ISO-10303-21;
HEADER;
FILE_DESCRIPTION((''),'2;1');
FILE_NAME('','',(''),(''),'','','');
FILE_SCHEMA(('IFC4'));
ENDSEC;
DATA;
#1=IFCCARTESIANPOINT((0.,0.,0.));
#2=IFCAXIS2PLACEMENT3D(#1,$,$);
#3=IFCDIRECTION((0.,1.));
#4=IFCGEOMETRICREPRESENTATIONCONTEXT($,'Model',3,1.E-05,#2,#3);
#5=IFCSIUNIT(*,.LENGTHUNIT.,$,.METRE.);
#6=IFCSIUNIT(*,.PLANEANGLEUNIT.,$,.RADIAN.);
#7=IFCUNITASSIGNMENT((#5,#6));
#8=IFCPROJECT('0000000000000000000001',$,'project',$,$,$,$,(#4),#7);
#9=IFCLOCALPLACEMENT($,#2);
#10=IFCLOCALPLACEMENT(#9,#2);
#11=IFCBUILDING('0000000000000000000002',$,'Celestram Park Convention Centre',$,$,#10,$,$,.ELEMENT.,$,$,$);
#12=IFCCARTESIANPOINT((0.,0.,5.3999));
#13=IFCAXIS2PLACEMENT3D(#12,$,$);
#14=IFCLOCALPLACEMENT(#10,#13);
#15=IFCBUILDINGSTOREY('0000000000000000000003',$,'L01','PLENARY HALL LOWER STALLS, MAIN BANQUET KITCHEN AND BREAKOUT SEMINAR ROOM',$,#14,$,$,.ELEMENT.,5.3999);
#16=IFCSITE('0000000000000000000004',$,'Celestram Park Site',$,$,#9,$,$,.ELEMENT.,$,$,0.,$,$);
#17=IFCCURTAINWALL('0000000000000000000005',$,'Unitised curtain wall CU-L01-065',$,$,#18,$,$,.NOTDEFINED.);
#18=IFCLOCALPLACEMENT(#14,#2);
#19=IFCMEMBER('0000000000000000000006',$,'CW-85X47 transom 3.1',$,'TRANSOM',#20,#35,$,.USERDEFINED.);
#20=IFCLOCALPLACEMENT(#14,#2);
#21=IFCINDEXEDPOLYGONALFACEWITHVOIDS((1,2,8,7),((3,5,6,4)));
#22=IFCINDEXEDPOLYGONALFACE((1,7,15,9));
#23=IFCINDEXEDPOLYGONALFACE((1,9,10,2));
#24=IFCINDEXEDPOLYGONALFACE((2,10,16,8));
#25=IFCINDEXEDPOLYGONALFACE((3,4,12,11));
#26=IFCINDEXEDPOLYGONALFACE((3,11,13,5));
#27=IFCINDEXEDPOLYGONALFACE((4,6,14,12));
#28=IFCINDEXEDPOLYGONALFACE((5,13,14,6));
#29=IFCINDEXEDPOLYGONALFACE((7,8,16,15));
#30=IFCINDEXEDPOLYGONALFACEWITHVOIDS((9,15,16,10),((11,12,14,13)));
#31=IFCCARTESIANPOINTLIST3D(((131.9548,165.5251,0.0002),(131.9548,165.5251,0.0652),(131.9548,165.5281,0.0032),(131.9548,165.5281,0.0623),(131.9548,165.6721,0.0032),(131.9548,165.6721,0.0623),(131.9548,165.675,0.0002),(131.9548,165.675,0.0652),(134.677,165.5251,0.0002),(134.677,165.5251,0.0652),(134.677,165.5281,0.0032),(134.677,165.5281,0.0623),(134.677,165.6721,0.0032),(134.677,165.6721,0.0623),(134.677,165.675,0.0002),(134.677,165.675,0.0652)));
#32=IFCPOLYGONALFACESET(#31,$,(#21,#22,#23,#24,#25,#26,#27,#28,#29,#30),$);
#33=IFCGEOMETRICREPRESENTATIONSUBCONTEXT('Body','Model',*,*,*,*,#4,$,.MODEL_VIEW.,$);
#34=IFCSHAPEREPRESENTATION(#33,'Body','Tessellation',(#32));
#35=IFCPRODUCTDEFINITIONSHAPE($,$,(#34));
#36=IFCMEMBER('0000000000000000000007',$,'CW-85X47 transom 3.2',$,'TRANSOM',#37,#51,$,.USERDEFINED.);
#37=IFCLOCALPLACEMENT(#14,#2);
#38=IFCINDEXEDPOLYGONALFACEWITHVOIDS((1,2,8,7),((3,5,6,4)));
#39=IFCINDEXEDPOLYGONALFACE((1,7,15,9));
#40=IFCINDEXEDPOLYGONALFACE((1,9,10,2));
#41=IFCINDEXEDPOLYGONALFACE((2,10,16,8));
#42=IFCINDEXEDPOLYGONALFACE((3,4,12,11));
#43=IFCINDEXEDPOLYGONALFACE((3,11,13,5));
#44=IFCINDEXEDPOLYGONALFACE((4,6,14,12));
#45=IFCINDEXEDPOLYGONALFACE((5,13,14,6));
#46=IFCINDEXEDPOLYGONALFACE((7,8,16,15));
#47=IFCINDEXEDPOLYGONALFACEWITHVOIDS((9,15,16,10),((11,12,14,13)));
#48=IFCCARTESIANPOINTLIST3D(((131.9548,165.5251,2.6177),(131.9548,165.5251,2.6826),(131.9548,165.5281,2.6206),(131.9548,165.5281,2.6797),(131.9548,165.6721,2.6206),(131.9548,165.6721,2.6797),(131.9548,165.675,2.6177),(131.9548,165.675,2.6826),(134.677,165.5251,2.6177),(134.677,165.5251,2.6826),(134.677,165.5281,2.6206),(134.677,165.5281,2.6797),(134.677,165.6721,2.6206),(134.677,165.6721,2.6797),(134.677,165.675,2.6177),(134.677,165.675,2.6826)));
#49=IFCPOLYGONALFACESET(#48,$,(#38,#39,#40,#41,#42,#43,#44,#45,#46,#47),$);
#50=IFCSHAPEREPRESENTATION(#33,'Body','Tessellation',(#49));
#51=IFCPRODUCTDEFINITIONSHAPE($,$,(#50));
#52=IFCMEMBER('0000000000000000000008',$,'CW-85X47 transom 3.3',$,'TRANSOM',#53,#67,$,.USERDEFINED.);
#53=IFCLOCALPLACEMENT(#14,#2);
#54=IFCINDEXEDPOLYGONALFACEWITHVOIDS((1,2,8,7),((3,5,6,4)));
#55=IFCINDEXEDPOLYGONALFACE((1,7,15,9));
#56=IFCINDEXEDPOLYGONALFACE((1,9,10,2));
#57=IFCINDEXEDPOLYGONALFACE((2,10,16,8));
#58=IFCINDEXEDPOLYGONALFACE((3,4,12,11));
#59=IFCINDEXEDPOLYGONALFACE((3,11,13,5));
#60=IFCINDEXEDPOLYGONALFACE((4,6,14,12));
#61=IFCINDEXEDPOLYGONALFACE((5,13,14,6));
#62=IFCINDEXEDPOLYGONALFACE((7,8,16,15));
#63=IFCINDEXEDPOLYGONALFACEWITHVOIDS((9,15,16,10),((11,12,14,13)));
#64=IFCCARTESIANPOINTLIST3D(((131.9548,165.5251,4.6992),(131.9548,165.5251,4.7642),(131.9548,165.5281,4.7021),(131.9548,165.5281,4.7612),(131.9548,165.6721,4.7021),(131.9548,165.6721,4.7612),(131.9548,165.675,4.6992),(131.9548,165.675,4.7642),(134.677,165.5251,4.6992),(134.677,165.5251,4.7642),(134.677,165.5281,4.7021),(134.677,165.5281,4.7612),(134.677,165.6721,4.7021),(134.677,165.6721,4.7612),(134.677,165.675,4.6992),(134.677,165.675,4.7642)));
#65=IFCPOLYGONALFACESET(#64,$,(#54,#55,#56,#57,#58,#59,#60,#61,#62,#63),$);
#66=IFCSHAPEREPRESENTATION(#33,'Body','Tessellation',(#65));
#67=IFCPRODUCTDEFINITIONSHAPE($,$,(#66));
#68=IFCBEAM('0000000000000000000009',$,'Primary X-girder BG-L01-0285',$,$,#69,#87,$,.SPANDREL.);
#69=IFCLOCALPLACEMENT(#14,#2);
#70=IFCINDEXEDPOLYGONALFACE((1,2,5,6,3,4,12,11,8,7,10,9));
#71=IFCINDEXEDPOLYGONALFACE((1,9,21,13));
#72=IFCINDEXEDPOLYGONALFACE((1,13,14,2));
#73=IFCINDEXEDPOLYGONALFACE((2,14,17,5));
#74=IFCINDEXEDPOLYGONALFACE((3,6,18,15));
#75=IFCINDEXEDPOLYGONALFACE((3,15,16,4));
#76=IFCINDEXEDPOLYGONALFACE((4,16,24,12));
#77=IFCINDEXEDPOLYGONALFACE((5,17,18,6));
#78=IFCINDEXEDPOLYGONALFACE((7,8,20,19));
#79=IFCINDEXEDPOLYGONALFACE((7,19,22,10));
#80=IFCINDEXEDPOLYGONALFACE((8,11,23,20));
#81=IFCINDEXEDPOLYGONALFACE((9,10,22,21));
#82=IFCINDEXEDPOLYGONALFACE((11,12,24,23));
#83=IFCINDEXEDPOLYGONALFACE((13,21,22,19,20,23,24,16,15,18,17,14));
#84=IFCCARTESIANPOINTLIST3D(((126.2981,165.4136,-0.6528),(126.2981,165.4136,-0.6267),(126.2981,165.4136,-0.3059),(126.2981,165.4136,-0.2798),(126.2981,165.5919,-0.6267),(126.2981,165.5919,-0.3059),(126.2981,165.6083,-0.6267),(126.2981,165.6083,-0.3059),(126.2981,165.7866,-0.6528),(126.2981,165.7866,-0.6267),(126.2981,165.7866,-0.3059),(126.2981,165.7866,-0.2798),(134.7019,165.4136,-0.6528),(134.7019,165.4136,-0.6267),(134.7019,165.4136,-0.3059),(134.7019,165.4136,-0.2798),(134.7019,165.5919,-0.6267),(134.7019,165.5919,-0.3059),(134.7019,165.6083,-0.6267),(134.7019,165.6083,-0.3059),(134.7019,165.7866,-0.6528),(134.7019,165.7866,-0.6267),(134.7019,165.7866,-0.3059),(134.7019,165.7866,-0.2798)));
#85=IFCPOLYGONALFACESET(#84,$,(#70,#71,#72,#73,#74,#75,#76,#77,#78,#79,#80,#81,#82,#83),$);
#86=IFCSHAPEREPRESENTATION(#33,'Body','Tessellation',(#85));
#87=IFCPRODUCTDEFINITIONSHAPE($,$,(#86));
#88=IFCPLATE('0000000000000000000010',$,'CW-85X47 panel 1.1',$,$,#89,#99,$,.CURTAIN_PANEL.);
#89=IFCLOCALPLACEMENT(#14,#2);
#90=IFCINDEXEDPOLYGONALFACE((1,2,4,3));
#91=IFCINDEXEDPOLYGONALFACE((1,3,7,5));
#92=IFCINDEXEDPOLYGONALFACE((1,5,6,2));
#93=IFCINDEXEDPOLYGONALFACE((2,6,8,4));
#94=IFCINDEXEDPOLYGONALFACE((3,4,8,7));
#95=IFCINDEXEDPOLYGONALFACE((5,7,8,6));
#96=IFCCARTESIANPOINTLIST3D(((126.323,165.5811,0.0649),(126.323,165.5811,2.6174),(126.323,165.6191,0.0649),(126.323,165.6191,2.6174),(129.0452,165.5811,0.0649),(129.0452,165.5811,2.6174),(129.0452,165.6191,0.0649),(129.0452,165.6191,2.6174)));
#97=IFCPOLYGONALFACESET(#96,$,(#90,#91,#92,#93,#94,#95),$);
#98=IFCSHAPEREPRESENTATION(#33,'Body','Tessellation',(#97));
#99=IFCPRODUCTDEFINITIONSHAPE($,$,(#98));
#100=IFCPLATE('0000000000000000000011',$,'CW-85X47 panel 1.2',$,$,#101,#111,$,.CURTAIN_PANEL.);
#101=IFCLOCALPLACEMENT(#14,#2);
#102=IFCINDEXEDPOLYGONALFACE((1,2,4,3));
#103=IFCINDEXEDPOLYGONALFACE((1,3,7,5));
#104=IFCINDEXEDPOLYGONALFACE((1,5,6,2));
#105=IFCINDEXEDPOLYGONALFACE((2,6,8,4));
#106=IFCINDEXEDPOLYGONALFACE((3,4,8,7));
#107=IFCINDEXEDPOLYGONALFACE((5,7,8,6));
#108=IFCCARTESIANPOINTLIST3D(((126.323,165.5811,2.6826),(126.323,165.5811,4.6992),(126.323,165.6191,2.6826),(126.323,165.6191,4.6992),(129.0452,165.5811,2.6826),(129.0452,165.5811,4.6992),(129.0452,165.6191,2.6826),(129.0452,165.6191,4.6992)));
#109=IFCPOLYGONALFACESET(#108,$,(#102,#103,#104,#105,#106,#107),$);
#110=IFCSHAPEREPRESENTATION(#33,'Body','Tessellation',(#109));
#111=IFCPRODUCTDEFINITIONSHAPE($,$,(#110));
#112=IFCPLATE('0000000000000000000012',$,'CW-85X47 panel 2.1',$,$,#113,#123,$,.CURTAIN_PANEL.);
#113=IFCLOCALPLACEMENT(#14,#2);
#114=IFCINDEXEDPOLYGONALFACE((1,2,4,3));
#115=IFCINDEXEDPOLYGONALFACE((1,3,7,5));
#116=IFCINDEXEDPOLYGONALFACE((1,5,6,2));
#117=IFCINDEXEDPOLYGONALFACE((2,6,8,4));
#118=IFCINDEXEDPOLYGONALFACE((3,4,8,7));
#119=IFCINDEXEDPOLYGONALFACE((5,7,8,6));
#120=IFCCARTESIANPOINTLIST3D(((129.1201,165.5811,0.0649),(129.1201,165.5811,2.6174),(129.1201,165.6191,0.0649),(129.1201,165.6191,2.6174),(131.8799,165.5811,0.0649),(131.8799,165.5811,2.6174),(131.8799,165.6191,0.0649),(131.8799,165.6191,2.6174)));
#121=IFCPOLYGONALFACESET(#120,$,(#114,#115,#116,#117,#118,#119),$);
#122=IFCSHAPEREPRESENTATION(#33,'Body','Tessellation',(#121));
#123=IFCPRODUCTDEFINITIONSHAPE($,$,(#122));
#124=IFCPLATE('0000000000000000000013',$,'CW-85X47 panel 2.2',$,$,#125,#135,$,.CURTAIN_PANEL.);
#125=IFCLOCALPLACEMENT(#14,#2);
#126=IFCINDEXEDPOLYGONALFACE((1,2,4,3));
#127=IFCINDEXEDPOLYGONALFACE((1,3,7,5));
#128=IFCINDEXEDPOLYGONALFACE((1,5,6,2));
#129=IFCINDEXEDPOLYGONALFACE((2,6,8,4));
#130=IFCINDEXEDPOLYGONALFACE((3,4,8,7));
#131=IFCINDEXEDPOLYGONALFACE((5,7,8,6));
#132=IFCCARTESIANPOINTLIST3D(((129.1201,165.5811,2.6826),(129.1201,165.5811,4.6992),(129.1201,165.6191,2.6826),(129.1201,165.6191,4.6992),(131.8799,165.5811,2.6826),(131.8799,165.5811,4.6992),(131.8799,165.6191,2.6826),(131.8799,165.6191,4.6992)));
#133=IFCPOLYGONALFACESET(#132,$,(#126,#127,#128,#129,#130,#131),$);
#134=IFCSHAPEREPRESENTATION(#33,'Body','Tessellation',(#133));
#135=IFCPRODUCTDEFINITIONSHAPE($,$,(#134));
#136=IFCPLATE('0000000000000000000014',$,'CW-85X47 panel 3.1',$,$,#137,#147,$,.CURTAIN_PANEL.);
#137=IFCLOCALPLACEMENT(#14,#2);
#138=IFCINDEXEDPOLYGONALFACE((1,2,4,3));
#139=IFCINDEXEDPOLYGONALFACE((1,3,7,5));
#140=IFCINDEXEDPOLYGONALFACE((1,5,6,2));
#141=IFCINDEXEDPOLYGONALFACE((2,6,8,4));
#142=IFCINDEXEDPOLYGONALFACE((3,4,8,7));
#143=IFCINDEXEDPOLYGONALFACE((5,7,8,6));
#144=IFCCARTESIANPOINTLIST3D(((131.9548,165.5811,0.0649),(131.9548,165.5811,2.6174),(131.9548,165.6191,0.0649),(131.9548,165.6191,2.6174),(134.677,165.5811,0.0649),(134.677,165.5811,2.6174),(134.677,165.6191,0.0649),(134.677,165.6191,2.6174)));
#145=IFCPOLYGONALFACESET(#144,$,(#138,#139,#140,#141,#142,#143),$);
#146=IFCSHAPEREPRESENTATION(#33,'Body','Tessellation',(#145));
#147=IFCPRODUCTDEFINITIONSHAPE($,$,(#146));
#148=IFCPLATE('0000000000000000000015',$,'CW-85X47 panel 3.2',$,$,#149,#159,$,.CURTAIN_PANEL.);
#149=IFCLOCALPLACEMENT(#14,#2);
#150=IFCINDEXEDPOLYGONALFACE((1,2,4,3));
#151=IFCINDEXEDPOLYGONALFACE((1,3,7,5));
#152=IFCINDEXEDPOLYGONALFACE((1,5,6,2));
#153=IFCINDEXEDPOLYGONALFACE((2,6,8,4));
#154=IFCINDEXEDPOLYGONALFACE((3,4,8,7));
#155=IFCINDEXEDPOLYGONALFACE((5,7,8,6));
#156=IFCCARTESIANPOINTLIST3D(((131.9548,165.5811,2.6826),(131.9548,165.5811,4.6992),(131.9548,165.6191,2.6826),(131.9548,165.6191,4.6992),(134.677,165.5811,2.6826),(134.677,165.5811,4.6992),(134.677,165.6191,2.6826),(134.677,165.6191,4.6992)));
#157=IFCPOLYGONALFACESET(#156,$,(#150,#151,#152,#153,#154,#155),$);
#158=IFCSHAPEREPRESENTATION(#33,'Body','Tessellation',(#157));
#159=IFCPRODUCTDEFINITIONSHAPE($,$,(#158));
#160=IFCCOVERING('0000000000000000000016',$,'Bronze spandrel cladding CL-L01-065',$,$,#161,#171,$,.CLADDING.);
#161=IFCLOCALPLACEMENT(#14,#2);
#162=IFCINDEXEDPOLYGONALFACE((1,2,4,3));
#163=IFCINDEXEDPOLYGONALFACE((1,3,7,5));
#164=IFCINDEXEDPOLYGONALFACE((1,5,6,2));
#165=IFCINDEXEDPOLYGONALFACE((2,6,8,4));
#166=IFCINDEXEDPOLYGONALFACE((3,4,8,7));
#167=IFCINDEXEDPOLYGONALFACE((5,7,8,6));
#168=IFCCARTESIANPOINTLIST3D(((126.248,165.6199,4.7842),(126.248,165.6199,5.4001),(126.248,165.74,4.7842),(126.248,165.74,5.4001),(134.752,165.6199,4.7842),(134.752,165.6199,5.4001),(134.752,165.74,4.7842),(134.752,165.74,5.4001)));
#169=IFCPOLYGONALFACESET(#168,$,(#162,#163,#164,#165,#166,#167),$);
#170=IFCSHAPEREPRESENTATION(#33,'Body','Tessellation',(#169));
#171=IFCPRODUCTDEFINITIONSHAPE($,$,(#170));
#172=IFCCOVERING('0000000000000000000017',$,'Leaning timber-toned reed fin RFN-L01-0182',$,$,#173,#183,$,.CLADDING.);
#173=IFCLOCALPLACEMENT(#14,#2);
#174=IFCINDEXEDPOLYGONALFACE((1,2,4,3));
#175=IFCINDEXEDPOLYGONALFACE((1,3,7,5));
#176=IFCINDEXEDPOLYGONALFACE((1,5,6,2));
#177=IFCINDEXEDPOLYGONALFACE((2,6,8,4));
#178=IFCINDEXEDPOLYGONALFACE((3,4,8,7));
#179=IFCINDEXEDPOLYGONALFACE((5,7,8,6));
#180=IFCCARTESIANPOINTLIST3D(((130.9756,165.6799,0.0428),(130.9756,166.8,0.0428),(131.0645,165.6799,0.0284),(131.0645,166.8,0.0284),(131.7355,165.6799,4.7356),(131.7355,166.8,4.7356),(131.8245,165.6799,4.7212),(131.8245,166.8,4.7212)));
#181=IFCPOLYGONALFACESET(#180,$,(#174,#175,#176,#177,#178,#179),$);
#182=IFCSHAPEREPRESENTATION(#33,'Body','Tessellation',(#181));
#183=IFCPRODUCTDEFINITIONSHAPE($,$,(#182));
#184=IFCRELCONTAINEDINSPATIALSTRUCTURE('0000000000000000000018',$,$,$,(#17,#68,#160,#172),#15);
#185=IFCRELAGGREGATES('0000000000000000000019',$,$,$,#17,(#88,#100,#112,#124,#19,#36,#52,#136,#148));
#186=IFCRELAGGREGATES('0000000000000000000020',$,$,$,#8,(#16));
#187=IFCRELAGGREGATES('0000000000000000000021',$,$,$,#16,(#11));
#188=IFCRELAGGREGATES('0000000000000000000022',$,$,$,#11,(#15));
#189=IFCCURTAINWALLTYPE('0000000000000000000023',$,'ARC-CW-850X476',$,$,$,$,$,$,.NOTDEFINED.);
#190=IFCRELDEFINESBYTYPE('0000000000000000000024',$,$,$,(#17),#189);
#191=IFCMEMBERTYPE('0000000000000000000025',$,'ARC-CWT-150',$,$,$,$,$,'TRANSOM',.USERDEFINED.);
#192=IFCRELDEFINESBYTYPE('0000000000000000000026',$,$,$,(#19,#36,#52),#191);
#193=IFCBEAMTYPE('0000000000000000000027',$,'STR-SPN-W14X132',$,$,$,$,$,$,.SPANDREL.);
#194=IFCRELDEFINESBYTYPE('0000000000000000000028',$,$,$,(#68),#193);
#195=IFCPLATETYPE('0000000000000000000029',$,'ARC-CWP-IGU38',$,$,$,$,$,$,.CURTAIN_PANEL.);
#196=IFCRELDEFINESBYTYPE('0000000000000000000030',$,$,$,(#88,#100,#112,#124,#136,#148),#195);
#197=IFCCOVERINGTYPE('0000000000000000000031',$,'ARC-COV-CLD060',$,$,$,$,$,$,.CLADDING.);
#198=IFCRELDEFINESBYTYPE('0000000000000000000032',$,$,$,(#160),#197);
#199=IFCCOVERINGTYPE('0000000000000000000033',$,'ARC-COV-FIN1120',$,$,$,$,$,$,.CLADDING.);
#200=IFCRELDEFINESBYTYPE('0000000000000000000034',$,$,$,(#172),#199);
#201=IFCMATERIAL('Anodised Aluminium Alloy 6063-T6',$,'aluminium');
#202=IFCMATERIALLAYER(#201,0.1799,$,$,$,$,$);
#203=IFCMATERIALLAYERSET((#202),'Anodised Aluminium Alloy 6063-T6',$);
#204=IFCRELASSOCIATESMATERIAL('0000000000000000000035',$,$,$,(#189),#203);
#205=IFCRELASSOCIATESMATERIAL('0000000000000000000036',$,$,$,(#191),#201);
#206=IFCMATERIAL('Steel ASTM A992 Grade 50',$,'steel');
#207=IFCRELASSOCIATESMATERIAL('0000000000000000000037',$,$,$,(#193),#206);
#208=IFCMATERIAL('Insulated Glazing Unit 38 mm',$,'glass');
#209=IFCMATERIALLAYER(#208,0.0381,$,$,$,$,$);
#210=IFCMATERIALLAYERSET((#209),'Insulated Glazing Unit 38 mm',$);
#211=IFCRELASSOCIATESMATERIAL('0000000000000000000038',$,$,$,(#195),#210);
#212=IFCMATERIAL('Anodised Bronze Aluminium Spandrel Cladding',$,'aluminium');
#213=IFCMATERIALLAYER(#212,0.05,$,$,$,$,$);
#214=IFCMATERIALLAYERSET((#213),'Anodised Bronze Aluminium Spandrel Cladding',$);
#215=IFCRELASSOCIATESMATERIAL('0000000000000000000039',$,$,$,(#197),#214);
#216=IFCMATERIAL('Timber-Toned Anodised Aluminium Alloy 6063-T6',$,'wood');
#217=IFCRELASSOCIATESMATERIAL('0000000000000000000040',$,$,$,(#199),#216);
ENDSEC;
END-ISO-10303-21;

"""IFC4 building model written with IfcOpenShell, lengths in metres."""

from ifc_helpers import new_model, si_unit, direction, frame, origin, origin_2d, place, context, subcontext, project, spatial, rectangle, hollow_rectangle, i_section, extrude, material, layer, layer_set, material_profile, profile_set, type_object, element, aggregate, save


model = new_model("IFC4")

# Units and contexts
model_context = context("Model", 3, precision=1e-05, world=origin(), true_north=direction((0.0, 1.0)))
body_context = subcontext(model_context, "Body", "Model", "MODEL_VIEW")
ifc_project = project(units=[si_unit("LENGTHUNIT", "METRE"), si_unit("PLANEANGLEUNIT", "RADIAN")], contexts=[model_context])

# Site, building, storey
site_placement = place(None, origin())
site = spatial("IfcSite", under=ifc_project, at=site_placement, Name="Celestram Park Site", CompositionType="ELEMENT", RefElevation=0.0)
building_placement = place(site_placement, origin())
building = spatial("IfcBuilding", under=site, at=building_placement, Name="Celestram Park Convention Centre", CompositionType="ELEMENT")
storey_placement = place(building_placement, frame((0.0, 0.0, 5.3999)))
storey = spatial("IfcBuildingStorey", under=building, at=storey_placement, Name="L01", Description="PLENARY HALL LOWER STALLS, MAIN BANQUET KITCHEN AND BREAKOUT SEMINAR ROOM", CompositionType="ELEMENT", Elevation=5.3999)

# Shared definitions
ifc_material_1 = material(Name="Anodised Aluminium Alloy 6063-T6", Category="aluminium")
ifc_layer_1 = layer(ifc_material_1, 0.1799)
ifc_layer_set_1 = layer_set([ifc_layer_1], Name="Anodised Aluminium Alloy 6063-T6")
curtain_wall_type = type_object("IfcCurtainWallType", Name="ARC-CW-850X476", PredefinedType="NOTDEFINED", material=ifc_layer_set_1)

# Curtain wall, members
curtain_wall_1_placement = place(storey_placement, origin())
curtain_wall_1 = element("IfcCurtainWall", 1, at=curtain_wall_1_placement, inside=storey, type_object=curtain_wall_type, Name="Unitised curtain wall CU-L01-065", PredefinedType="NOTDEFINED")
ifc_material_profile_1 = material_profile(ifc_material_1, hollow_rectangle(XDim=0.1499, YDim=0.0649, WallThickness=0.0029, at=origin_2d()), Name="ALU150X65X3")
ifc_profile_set_1 = profile_set([ifc_material_profile_1], Name="Anodised Aluminium Alloy 6063-T6")
member_type_1 = type_object("IfcMemberType", Name="ARC-CWT-150", ElementType="TRANSOM", PredefinedType="USERDEFINED", material=ifc_profile_set_1)
member_1_placement = place(storey_placement, frame((131.9548, 165.6001, 0.0327), z_axis=(1.0, 0.0, 0.0), x_axis=(0.0, 1.0, 0.0)))
member_1 = element("IfcMember", 2, at=member_1_placement, type_object=member_type_1, Name="CW-85X47 transom 3.1", ObjectType="TRANSOM", PredefinedType="USERDEFINED", context=body_context, shape_type="SweptSolid", body=[
    extrude(hollow_rectangle(XDim=0.1499, YDim=0.0649, WallThickness=0.0029, at=origin_2d()), origin(), (0.0, 0.0, 1.0), 2.7222),
])
member_2_placement = place(storey_placement, frame((131.9548, 165.6001, 2.6501), z_axis=(1.0, 0.0, 0.0), x_axis=(0.0, 1.0, 0.0)))
member_2 = element("IfcMember", 3, at=member_2_placement, type_object=member_type_1, Name="CW-85X47 transom 3.2", ObjectType="TRANSOM", PredefinedType="USERDEFINED", context=body_context, shape_type="SweptSolid", body=[
    extrude(hollow_rectangle(XDim=0.1499, YDim=0.0649, WallThickness=0.0029, at=origin_2d()), origin(), (0.0, 0.0, 1.0), 2.7222),
])
member_3_placement = place(storey_placement, frame((131.9548, 165.6001, 4.7317), z_axis=(1.0, 0.0, 0.0), x_axis=(0.0, 1.0, 0.0)))
member_3 = element("IfcMember", 4, at=member_3_placement, type_object=member_type_1, Name="CW-85X47 transom 3.3", ObjectType="TRANSOM", PredefinedType="USERDEFINED", context=body_context, shape_type="SweptSolid", body=[
    extrude(hollow_rectangle(XDim=0.1499, YDim=0.0649, WallThickness=0.0029, at=origin_2d()), origin(), (0.0, 0.0, 1.0), 2.7222),
])

# Beam
ifc_material_2 = material(Name="Steel ASTM A992 Grade 50", Category="steel")
ifc_material_profile_2 = material_profile(ifc_material_2, i_section(OverallWidth=0.373, OverallDepth=0.373, WebThickness=0.0164, FlangeThickness=0.0261, at=origin_2d()), Name="W14X132")
ifc_profile_set_2 = profile_set([ifc_material_profile_2], Name="Steel ASTM A992 Grade 50")
beam_type = type_object("IfcBeamType", Name="STR-SPN-W14X132", PredefinedType="SPANDREL", material=ifc_profile_set_2)
beam_placement = place(storey_placement, frame((126.2981, 165.6001, -0.4663), z_axis=(1.0, 0.0, 0.0), x_axis=(0.0, 1.0, 0.0)))
element("IfcBeam", 5, at=beam_placement, inside=storey, type_object=beam_type, Name="Primary X-girder BG-L01-0285", PredefinedType="SPANDREL", context=body_context, shape_type="SweptSolid", body=[
    extrude(i_section(OverallWidth=0.373, OverallDepth=0.373, WebThickness=0.0164, FlangeThickness=0.0261, at=origin_2d()), origin(), (0.0, 0.0, 1.0), 8.4038),
])

# Plates
ifc_material_3 = material(Name="Insulated Glazing Unit 38 mm", Category="glass")
ifc_layer_2 = layer(ifc_material_3, 0.0381)
ifc_layer_set_2 = layer_set([ifc_layer_2], Name="Insulated Glazing Unit 38 mm")
plate_type = type_object("IfcPlateType", Name="ARC-CWP-IGU38", PredefinedType="CURTAIN_PANEL", material=ifc_layer_set_2)
plate_1_placement = place(storey_placement, frame((127.6841, 165.6001, 0.0649), z_axis=(0.0, 0.0, 1.0), x_axis=(1.0, 0.0, 0.0)))
plate_1 = element("IfcPlate", 6, at=plate_1_placement, type_object=plate_type, Name="CW-85X47 panel 1.1", PredefinedType="CURTAIN_PANEL", context=body_context, shape_type="SweptSolid", body=[
    extrude(rectangle(XDim=2.7222, YDim=0.0381, at=origin_2d()), origin(), (0.0, 0.0, 1.0), 2.5525),
])
plate_2_placement = place(storey_placement, frame((127.6841, 165.6001, 2.6826), z_axis=(0.0, 0.0, 1.0), x_axis=(1.0, 0.0, 0.0)))
plate_2 = element("IfcPlate", 7, at=plate_2_placement, type_object=plate_type, Name="CW-85X47 panel 1.2", PredefinedType="CURTAIN_PANEL", context=body_context, shape_type="SweptSolid", body=[
    extrude(rectangle(XDim=2.7222, YDim=0.0381, at=origin_2d()), origin(), (0.0, 0.0, 1.0), 2.0166),
])
plate_3_placement = place(storey_placement, frame((130.5, 165.6001, 0.0649), z_axis=(0.0, 0.0, 1.0), x_axis=(1.0, 0.0, 0.0)))
plate_3 = element("IfcPlate", 8, at=plate_3_placement, type_object=plate_type, Name="CW-85X47 panel 2.1", PredefinedType="CURTAIN_PANEL", context=body_context, shape_type="SweptSolid", body=[
    extrude(rectangle(XDim=2.7598, YDim=0.0381, at=origin_2d()), origin(), (0.0, 0.0, 1.0), 2.5525),
])
plate_4_placement = place(storey_placement, frame((130.5, 165.6001, 2.6826), z_axis=(0.0, 0.0, 1.0), x_axis=(1.0, 0.0, 0.0)))
plate_4 = element("IfcPlate", 9, at=plate_4_placement, type_object=plate_type, Name="CW-85X47 panel 2.2", PredefinedType="CURTAIN_PANEL", context=body_context, shape_type="SweptSolid", body=[
    extrude(rectangle(XDim=2.7598, YDim=0.0381, at=origin_2d()), origin(), (0.0, 0.0, 1.0), 2.0166),
])
plate_5_placement = place(storey_placement, frame((133.3159, 165.6001, 0.0649), z_axis=(0.0, 0.0, 1.0), x_axis=(1.0, 0.0, 0.0)))
plate_5 = element("IfcPlate", 10, at=plate_5_placement, type_object=plate_type, Name="CW-85X47 panel 3.1", PredefinedType="CURTAIN_PANEL", context=body_context, shape_type="SweptSolid", body=[
    extrude(rectangle(XDim=2.7222, YDim=0.0381, at=origin_2d()), origin(), (0.0, 0.0, 1.0), 2.5525),
])
plate_6_placement = place(storey_placement, frame((133.3159, 165.6001, 2.6826), z_axis=(0.0, 0.0, 1.0), x_axis=(1.0, 0.0, 0.0)))
plate_6 = element("IfcPlate", 11, at=plate_6_placement, type_object=plate_type, Name="CW-85X47 panel 3.2", PredefinedType="CURTAIN_PANEL", context=body_context, shape_type="SweptSolid", body=[
    extrude(rectangle(XDim=2.7222, YDim=0.0381, at=origin_2d()), origin(), (0.0, 0.0, 1.0), 2.0166),
])
aggregate(curtain_wall_1, [plate_1, plate_2, plate_3, plate_4, member_1, member_2, member_3, plate_5, plate_6])

# Coverings
ifc_material_4 = material(Name="Anodised Bronze Aluminium Spandrel Cladding", Category="aluminium")
ifc_layer_3 = layer(ifc_material_4, 0.05)
ifc_layer_set_3 = layer_set([ifc_layer_3], Name="Anodised Bronze Aluminium Spandrel Cladding")
covering_type_1 = type_object("IfcCoveringType", Name="ARC-COV-CLD060", PredefinedType="CLADDING", material=ifc_layer_set_3)
covering_1_placement = place(storey_placement, frame((130.5, 165.6799, 4.7842), z_axis=(0.0, 0.0, 1.0), x_axis=(1.0, 0.0, 0.0)))
element("IfcCovering", 12, at=covering_1_placement, inside=storey, type_object=covering_type_1, Name="Bronze spandrel cladding CL-L01-065", PredefinedType="CLADDING", context=body_context, shape_type="SweptSolid", body=[
    extrude(rectangle(XDim=8.5039, YDim=0.1201, at=origin_2d()), origin(), (0.0, 0.0, 1.0), 0.616),
])
ifc_material_5 = material(Name="Timber-Toned Anodised Aluminium Alloy 6063-T6", Category="wood")
ifc_material_profile_3 = material_profile(ifc_material_5, rectangle(XDim=1.1201, YDim=0.0901, at=origin_2d()), Name="REED1120X90")
ifc_profile_set_3 = profile_set([ifc_material_profile_3], Name="Timber-Toned Anodised Aluminium Alloy 6063-T6")
covering_type_2 = type_object("IfcCoveringType", Name="ARC-COV-FIN1120", PredefinedType="CLADDING", material=ifc_profile_set_3)
covering_2_placement = place(storey_placement, frame((131.02, 166.24, 0.0356), z_axis=(0.159867, 0.0, 0.987139), x_axis=(0.0, 1.0, 0.0)))
element("IfcCovering", 13, at=covering_2_placement, inside=storey, type_object=covering_type_2, Name="Leaning timber-toned reed fin RFN-L01-0182", PredefinedType="CLADDING", context=body_context, shape_type="SweptSolid", body=[
    extrude(rectangle(XDim=1.1201, YDim=0.0901, at=origin_2d()), origin(), (0.0, 0.0, 1.0), 4.7539),
])

save(model, "model.ifc")
